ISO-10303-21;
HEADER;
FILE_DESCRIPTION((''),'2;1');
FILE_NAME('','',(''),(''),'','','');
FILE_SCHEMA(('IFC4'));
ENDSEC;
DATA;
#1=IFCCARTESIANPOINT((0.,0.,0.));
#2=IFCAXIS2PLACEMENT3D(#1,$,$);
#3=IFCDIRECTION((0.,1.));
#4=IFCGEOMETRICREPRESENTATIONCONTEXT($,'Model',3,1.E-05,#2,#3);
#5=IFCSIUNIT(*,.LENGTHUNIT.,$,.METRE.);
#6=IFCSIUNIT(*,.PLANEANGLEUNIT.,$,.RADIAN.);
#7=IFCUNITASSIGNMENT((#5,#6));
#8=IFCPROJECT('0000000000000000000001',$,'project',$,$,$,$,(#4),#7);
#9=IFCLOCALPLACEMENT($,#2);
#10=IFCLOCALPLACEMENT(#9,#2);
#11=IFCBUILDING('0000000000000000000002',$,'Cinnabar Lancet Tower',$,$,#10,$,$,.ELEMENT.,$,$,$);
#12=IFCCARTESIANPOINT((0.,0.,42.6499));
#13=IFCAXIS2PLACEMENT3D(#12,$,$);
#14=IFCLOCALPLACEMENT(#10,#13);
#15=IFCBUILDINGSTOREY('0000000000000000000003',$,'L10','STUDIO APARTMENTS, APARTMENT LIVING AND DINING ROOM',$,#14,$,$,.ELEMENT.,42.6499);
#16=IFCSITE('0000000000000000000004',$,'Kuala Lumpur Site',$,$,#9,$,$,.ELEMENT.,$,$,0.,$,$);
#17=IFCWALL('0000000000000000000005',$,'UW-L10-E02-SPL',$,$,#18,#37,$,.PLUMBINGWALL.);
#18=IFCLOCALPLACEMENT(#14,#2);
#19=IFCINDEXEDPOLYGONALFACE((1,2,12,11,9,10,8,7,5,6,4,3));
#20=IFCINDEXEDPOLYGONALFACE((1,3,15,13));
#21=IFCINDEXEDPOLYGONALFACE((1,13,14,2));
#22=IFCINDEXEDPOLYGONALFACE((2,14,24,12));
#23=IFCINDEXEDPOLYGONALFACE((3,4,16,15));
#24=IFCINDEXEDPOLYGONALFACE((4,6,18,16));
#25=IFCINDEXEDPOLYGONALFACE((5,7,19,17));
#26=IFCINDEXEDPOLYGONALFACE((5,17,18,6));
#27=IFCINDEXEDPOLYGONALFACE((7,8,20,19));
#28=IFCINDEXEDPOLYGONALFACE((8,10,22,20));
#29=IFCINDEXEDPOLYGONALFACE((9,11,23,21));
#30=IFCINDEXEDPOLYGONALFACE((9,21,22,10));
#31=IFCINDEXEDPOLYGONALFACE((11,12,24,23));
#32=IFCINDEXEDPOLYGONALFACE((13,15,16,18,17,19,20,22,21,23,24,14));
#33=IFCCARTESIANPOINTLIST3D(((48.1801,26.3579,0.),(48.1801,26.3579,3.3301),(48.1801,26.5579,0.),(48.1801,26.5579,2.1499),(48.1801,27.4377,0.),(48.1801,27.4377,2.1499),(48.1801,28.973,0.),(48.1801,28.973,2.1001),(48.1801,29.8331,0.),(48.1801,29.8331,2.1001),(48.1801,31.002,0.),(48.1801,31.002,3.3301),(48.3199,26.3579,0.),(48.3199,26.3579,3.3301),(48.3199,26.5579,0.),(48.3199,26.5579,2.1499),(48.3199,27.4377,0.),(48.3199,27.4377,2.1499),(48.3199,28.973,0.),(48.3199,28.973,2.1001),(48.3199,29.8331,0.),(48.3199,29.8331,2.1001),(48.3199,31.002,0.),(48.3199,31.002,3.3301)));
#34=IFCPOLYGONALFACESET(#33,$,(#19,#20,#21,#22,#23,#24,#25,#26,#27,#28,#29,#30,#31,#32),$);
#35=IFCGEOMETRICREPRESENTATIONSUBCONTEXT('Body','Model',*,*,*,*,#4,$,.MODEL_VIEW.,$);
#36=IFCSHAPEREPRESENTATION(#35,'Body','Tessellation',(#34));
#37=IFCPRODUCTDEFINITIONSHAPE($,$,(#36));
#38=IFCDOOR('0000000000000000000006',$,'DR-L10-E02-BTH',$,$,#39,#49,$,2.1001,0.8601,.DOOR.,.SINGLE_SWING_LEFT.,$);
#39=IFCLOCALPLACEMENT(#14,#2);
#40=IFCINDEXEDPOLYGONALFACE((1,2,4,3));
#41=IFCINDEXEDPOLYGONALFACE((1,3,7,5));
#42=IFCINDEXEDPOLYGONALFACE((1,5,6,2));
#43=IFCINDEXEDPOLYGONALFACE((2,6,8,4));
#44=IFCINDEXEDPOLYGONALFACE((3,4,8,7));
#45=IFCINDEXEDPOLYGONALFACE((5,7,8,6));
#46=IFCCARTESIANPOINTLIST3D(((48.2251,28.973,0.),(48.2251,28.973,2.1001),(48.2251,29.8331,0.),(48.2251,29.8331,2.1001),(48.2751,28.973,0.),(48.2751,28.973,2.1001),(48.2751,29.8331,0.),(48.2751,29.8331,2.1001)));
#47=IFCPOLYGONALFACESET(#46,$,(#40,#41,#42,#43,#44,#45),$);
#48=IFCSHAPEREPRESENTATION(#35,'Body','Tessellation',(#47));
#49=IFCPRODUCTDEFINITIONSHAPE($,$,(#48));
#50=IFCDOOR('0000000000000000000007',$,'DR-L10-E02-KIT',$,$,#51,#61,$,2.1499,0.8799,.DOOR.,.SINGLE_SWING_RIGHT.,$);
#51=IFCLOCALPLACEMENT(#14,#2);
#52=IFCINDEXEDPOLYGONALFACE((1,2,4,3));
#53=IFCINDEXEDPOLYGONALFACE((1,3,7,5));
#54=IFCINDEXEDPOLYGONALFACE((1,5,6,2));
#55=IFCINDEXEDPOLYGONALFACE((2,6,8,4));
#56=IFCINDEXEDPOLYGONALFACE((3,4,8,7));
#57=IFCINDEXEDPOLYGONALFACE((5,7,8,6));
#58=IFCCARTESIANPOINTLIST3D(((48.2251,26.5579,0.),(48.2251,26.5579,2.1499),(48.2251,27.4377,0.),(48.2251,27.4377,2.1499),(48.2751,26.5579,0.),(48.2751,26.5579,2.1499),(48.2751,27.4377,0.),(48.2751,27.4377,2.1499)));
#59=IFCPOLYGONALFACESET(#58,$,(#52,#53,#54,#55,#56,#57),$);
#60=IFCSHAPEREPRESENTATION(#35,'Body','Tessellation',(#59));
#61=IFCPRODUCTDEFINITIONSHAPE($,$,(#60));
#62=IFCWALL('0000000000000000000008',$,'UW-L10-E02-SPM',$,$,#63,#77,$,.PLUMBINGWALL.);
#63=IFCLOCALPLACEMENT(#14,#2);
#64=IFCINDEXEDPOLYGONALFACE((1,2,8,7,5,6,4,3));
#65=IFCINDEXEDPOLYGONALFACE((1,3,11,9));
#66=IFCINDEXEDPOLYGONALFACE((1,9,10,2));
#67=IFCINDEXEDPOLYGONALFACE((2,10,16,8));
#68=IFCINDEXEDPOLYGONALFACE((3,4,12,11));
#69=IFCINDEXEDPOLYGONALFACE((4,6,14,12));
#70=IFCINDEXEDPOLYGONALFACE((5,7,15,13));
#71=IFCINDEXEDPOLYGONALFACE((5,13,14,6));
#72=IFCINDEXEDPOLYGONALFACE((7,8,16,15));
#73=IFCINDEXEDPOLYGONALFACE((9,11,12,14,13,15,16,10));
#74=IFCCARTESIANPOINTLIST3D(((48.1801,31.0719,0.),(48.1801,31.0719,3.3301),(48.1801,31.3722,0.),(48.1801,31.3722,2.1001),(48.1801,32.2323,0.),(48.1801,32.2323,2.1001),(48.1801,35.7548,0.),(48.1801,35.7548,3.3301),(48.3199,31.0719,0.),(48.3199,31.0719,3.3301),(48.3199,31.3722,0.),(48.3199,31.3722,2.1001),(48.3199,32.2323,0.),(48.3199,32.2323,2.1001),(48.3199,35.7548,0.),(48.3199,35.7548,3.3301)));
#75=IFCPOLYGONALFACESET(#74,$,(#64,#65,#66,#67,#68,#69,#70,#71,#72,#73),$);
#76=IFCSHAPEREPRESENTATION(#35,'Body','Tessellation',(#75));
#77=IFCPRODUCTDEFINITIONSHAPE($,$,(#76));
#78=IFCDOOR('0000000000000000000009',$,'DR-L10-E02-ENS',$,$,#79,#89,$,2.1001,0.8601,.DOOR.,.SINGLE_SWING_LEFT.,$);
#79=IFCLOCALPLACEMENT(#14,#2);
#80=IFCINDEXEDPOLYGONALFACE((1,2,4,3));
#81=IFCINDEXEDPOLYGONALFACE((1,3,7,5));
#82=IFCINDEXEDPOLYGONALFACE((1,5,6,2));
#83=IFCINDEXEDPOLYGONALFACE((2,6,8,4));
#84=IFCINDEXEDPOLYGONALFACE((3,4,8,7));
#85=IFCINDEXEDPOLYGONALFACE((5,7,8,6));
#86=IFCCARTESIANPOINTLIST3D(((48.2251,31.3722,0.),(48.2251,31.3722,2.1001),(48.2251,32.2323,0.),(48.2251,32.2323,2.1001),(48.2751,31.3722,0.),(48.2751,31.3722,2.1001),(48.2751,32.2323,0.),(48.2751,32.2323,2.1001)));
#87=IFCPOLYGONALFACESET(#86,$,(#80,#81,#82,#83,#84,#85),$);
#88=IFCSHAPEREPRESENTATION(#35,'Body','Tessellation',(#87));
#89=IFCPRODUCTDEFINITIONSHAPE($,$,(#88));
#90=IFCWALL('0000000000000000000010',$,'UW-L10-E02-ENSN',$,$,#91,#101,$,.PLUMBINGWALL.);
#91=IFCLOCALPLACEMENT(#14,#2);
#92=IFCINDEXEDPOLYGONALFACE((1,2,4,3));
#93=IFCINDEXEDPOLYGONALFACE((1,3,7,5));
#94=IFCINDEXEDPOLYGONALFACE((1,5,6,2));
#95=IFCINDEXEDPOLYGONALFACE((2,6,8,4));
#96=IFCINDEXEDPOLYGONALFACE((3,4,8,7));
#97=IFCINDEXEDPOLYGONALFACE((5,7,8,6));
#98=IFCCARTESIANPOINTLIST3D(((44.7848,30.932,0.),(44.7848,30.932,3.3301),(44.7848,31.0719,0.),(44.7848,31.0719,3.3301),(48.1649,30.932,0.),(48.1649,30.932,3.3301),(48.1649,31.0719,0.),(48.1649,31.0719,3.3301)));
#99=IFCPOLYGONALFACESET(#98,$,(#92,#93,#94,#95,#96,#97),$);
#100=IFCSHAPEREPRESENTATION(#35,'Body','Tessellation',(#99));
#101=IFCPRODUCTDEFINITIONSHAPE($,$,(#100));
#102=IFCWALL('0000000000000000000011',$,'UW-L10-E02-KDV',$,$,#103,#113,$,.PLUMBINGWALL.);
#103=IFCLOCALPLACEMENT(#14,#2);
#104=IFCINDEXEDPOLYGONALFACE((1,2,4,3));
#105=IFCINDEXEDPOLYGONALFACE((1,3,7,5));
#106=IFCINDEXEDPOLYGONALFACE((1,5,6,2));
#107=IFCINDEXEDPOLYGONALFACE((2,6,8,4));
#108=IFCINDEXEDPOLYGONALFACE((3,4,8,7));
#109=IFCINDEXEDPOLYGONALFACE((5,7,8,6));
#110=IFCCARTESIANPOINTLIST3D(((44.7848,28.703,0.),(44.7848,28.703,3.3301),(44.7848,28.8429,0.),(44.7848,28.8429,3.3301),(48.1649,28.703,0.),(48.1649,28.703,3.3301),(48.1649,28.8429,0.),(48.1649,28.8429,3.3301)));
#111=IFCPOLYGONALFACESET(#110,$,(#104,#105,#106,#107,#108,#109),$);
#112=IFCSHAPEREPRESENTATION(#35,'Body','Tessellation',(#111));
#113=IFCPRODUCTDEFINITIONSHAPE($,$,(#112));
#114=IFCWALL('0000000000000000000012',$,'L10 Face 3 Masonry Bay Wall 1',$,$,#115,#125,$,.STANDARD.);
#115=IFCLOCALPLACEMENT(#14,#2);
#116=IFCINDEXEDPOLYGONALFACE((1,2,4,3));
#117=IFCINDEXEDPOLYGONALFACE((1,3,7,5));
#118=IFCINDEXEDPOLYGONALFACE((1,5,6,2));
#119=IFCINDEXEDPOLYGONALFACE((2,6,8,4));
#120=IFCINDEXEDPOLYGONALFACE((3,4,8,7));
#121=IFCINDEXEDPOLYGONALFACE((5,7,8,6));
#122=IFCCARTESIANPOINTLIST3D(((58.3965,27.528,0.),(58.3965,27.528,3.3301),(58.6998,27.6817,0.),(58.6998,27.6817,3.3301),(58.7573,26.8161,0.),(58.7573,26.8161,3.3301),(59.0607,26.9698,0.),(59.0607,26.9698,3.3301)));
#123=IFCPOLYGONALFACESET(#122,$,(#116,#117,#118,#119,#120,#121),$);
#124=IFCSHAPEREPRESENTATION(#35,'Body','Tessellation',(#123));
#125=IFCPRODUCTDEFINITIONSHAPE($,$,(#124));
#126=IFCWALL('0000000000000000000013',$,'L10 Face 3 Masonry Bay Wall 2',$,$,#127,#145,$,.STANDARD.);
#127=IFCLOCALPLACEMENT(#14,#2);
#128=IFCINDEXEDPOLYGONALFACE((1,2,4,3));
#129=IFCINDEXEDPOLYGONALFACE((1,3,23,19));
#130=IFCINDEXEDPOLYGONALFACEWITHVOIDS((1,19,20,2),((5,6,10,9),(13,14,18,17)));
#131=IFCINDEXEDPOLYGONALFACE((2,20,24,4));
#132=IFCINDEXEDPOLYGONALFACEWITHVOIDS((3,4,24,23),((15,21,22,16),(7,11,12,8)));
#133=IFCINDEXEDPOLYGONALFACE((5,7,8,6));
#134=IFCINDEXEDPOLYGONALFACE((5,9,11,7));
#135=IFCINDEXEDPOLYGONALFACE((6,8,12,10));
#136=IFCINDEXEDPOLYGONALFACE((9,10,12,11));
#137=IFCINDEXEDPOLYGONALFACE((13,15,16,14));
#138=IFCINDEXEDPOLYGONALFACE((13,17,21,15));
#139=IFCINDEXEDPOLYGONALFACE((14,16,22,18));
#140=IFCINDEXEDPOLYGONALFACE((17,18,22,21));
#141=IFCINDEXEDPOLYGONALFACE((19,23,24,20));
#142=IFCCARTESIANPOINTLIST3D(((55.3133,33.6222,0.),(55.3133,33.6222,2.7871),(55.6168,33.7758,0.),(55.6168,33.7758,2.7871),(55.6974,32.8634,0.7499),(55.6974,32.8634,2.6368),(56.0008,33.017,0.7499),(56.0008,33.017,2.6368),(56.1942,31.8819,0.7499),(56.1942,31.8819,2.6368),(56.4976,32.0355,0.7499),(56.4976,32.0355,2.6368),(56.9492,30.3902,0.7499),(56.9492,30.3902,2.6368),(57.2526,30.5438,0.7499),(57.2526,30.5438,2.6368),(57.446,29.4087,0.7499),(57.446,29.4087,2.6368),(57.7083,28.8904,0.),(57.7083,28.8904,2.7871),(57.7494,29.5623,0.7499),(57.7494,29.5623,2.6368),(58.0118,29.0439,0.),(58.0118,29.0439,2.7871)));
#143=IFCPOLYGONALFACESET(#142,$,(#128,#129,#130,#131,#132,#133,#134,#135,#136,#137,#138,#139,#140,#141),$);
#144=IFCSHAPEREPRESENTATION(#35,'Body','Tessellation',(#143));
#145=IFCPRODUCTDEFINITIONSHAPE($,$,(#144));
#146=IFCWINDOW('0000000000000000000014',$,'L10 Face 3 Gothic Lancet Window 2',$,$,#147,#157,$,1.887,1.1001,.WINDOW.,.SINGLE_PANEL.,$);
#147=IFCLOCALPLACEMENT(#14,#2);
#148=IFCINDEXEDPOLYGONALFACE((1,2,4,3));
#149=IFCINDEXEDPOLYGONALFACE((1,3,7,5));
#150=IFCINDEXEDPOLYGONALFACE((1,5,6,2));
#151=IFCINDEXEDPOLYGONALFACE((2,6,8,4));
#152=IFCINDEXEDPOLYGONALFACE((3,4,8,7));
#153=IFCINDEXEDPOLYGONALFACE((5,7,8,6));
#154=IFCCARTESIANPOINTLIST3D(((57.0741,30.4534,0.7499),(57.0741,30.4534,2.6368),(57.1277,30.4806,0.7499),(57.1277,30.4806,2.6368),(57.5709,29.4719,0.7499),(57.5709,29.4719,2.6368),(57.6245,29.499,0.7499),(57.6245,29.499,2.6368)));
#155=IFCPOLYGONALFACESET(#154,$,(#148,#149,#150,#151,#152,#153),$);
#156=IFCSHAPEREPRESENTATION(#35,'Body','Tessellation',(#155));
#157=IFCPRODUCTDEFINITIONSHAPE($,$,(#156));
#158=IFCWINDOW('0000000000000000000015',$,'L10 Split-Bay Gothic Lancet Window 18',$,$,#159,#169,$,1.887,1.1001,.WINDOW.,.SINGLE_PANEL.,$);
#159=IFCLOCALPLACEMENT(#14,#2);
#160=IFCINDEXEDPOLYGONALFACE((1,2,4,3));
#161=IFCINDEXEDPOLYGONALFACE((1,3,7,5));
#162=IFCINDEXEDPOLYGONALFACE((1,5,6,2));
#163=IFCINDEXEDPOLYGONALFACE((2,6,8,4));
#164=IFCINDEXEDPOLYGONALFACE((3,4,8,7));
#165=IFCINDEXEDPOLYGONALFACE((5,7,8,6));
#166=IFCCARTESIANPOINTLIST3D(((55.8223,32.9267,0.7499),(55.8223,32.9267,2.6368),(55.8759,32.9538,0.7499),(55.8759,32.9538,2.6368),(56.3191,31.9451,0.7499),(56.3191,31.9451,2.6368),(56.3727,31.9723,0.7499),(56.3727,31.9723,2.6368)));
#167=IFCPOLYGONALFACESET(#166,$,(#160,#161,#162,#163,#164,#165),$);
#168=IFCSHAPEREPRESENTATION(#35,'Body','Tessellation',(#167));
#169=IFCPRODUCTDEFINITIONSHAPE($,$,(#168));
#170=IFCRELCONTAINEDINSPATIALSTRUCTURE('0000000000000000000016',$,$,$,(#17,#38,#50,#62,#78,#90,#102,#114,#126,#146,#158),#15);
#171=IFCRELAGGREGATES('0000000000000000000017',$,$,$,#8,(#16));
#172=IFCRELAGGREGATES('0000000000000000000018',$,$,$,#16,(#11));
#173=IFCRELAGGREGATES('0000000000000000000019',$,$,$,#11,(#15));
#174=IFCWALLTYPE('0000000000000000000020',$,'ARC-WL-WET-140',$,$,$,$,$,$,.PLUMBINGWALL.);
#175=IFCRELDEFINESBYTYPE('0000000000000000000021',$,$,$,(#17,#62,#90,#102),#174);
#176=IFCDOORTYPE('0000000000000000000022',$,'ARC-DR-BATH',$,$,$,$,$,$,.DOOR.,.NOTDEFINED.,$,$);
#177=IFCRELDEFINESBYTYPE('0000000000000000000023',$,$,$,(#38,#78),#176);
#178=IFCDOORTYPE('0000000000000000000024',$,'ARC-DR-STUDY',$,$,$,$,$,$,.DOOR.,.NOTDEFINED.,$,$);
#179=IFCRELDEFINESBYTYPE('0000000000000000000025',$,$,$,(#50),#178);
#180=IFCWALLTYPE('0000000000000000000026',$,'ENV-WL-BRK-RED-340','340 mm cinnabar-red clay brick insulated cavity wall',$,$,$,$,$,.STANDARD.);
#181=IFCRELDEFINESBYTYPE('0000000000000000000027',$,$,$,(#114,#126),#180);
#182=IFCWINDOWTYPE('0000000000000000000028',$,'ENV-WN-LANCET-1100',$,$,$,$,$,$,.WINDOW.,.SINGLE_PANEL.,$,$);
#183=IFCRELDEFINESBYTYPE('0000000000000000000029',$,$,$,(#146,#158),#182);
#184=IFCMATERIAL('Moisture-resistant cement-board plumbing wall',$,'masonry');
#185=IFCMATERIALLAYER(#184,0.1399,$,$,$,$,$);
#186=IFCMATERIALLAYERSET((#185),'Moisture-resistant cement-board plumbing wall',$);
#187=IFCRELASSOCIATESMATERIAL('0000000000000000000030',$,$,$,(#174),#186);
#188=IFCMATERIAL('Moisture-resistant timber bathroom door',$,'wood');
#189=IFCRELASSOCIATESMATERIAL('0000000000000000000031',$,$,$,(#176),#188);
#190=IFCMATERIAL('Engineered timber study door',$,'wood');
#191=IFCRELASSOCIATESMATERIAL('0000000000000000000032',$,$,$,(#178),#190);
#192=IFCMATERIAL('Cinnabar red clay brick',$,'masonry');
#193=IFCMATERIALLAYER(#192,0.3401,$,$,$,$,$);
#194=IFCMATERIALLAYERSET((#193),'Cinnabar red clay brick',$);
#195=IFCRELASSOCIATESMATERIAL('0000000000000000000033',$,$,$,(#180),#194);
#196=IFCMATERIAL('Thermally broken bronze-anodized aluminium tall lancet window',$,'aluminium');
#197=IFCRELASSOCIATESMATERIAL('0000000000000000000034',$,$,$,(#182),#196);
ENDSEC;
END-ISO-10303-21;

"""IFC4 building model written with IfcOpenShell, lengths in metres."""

from ifc_helpers import new_model, si_unit, direction, frame, frame_2d, origin, place, context, subcontext, project, spatial, rectangle, extrude, material, layer, layer_set, type_object, element, fill, save


model = new_model("IFC4")

# Units and contexts
model_context = context("Model", 3, precision=1e-05, world=origin(), true_north=direction((0.0, 1.0)))
body_context = subcontext(model_context, "Body", "Model", "MODEL_VIEW")
ifc_project = project(units=[si_unit("LENGTHUNIT", "METRE"), si_unit("PLANEANGLEUNIT", "RADIAN")], contexts=[model_context])

# Site, building, storey
site_placement = place(None, origin())
site = spatial("IfcSite", under=ifc_project, at=site_placement, Name="Kuala Lumpur Site", CompositionType="ELEMENT", RefElevation=0.0)
building_placement = place(site_placement, origin())
building = spatial("IfcBuilding", under=site, at=building_placement, Name="Cinnabar Lancet Tower", CompositionType="ELEMENT")
storey_placement = place(building_placement, frame((0.0, 0.0, 42.6499)))
storey = spatial("IfcBuildingStorey", under=building, at=storey_placement, Name="L10", Description="STUDIO APARTMENTS, APARTMENT LIVING AND DINING ROOM", CompositionType="ELEMENT", Elevation=42.6499)

# Wall, openings, doors
ifc_material_1 = material(Name="Moisture-resistant cement-board plumbing wall", Category="masonry")
ifc_layer_1 = layer(ifc_material_1, 0.1399)
ifc_layer_set_1 = layer_set([ifc_layer_1], Name="Moisture-resistant cement-board plumbing wall")
wall_type_1 = type_object("IfcWallType", Name="ARC-WL-WET-140", PredefinedType="PLUMBINGWALL", material=ifc_layer_set_1)
wall_1_placement = place(storey_placement, frame((48.25, 26.3579, 0.0), z_axis=(0.0, 0.0, 1.0), x_axis=(0.0, 1.0, 0.0)))
wall_1 = element("IfcWall", 1, at=wall_1_placement, inside=storey, type_object=wall_type_1, Name="UW-L10-E02-SPL", PredefinedType="PLUMBINGWALL", context=body_context, shape_type="SweptSolid", body=[
    extrude(rectangle(XDim=4.644, YDim=0.1399, at=frame_2d((2.322, 0.0))), origin(), (0.0, 0.0, 1.0), 3.3301),
])
opening_1_placement = place(wall_1_placement, frame((0.2, 0.0, 0.0)))
opening_1 = element("IfcOpeningElement", 2, at=opening_1_placement, cuts=wall_1, PredefinedType="OPENING", context=body_context, shape_type="SweptSolid", body=[
    extrude(rectangle(XDim=0.8799, YDim=2.1499, at=frame_2d((0.4399, 1.075))), frame((0.0, 0.0798, 0.0), z_axis=(0.0, -1.0, 0.0), x_axis=(1.0, 0.0, 0.0)), (0.0, 0.0, 1.0), 0.1599),
])
opening_2_placement = place(wall_1_placement, frame((2.615, 0.0, 0.0)))
opening_2 = element("IfcOpeningElement", 3, at=opening_2_placement, cuts=wall_1, PredefinedType="OPENING", context=body_context, shape_type="SweptSolid", body=[
    extrude(rectangle(XDim=0.8601, YDim=2.1001, at=frame_2d((0.4302, 1.05))), frame((0.0, 0.0798, 0.0), z_axis=(0.0, -1.0, 0.0), x_axis=(1.0, 0.0, 0.0)), (0.0, 0.0, 1.0), 0.1599),
])
ifc_material_2 = material(Name="Moisture-resistant timber bathroom door", Category="wood")
door_type_1 = type_object("IfcDoorType", Name="ARC-DR-BATH", OperationType="NOTDEFINED", PredefinedType="DOOR", material=ifc_material_2)
door_1_placement = place(opening_2_placement, origin())
door_1 = element("IfcDoor", 4, at=door_1_placement, inside=storey, type_object=door_type_1, Name="DR-L10-E02-BTH", OperationType="SINGLE_SWING_LEFT", OverallHeight=2.1001, OverallWidth=0.8601, PredefinedType="DOOR", context=body_context, shape_type="SweptSolid", body=[
    extrude(rectangle(XDim=0.8601, YDim=2.1001, at=frame_2d((0.4302, 1.05))), frame((0.0, 0.0249, 0.0), z_axis=(0.0, -1.0, 0.0), x_axis=(1.0, 0.0, 0.0)), (0.0, 0.0, 1.0), 0.05),
])
fill(opening_2, door_1)
ifc_material_3 = material(Name="Engineered timber study door", Category="wood")
door_type_2 = type_object("IfcDoorType", Name="ARC-DR-STUDY", OperationType="NOTDEFINED", PredefinedType="DOOR", material=ifc_material_3)
door_2_placement = place(opening_1_placement, origin())
door_2 = element("IfcDoor", 5, at=door_2_placement, inside=storey, type_object=door_type_2, Name="DR-L10-E02-KIT", OperationType="SINGLE_SWING_RIGHT", OverallHeight=2.1499, OverallWidth=0.8799, PredefinedType="DOOR", context=body_context, shape_type="SweptSolid", body=[
    extrude(rectangle(XDim=0.8799, YDim=2.1499, at=frame_2d((0.4399, 1.075))), frame((0.0, 0.0249, 0.0), z_axis=(0.0, -1.0, 0.0), x_axis=(1.0, 0.0, 0.0)), (0.0, 0.0, 1.0), 0.05),
])
fill(opening_1, door_2)

# Wall, opening, door
wall_2_placement = place(storey_placement, frame((48.25, 31.072, 0.0), z_axis=(0.0, 0.0, 1.0), x_axis=(0.0, 1.0, 0.0)))
wall_2 = element("IfcWall", 6, at=wall_2_placement, inside=storey, type_object=wall_type_1, Name="UW-L10-E02-SPM", PredefinedType="PLUMBINGWALL", context=body_context, shape_type="SweptSolid", body=[
    extrude(rectangle(XDim=4.6829, YDim=0.1399, at=frame_2d((2.3413, 0.0))), origin(), (0.0, 0.0, 1.0), 3.3301),
])
opening_3_placement = place(wall_2_placement, frame((0.3, 0.0, 0.0)))
opening_3 = element("IfcOpeningElement", 7, at=opening_3_placement, cuts=wall_2, PredefinedType="OPENING", context=body_context, shape_type="SweptSolid", body=[
    extrude(rectangle(XDim=0.8601, YDim=2.1001, at=frame_2d((0.4302, 1.05))), frame((0.0, 0.0798, 0.0), z_axis=(0.0, -1.0, 0.0), x_axis=(1.0, 0.0, 0.0)), (0.0, 0.0, 1.0), 0.1599),
])
door_3_placement = place(opening_3_placement, origin())
door_3 = element("IfcDoor", 8, at=door_3_placement, inside=storey, type_object=door_type_1, Name="DR-L10-E02-ENS", OperationType="SINGLE_SWING_LEFT", OverallHeight=2.1001, OverallWidth=0.8601, PredefinedType="DOOR", context=body_context, shape_type="SweptSolid", body=[
    extrude(rectangle(XDim=0.8601, YDim=2.1001, at=frame_2d((0.4302, 1.05))), frame((0.0, 0.0249, 0.0), z_axis=(0.0, -1.0, 0.0), x_axis=(1.0, 0.0, 0.0)), (0.0, 0.0, 1.0), 0.05),
])
fill(opening_3, door_3)

# Walls
for number, where, z_axis, x_axis, name in (
    (9, (44.7849, 31.002, 0.0), (0.0, 0.0, 1.0), (1.0, 0.0, 0.0), "UW-L10-E02-ENSN"),
    (10, (44.7849, 28.7729, 0.0), (0.0, 0.0, 1.0), (1.0, 0.0, 0.0), "UW-L10-E02-KDV"),
):
    element("IfcWall", number, at=place(storey_placement, frame(where, z_axis=z_axis, x_axis=x_axis)), inside=storey, type_object=wall_type_1, Name=name, PredefinedType="PLUMBINGWALL", context=body_context, shape_type="SweptSolid", body=[
        extrude(rectangle(XDim=3.3801, YDim=0.1399, at=frame_2d((1.6899, 0.0))), origin(), (0.0, 0.0, 1.0), 3.3301),
    ])
ifc_material_4 = material(Name="Cinnabar red clay brick", Category="masonry")
ifc_layer_2 = layer(ifc_material_4, 0.3401)
ifc_layer_set_2 = layer_set([ifc_layer_2], Name="Cinnabar red clay brick")
wall_type_2 = type_object("IfcWallType", Name="ENV-WL-BRK-RED-340", Description="340 mm cinnabar-red clay brick insulated cavity wall", PredefinedType="STANDARD", material=ifc_layer_set_2)
wall_3_placement = place(storey_placement, frame((58.9089, 26.8931, 0.0), z_axis=(0.0, 0.0, 1.0), x_axis=(-0.452101, 0.891967, 0.0)))
element("IfcWall", 11, at=wall_3_placement, inside=storey, type_object=wall_type_2, Name="L10 Face 3 Masonry Bay Wall 1", PredefinedType="STANDARD", context=body_context, shape_type="SweptSolid", body=[
    extrude(rectangle(XDim=0.7981, YDim=0.3401, at=frame_2d((0.3989, 0.0))), origin(), (0.0, 0.0, 1.0), 3.3301),
])

# Wall, openings, windows
wall_4_placement = place(storey_placement, frame((57.8601, 28.967, 0.0), z_axis=(0.0, 0.0, 1.0), x_axis=(-0.451591, 0.892225, 0.0)))
wall_4 = element("IfcWall", 12, at=wall_4_placement, inside=storey, type_object=wall_type_2, Name="L10 Face 3 Masonry Bay Wall 2", PredefinedType="STANDARD", context=body_context, shape_type="SweptSolid", body=[
    extrude(rectangle(XDim=5.3035, YDim=0.3401, at=frame_2d((2.6519, 0.0))), origin(), (0.0, 0.0, 1.0), 2.7871),
])
opening_4_placement = place(wall_4_placement, frame((0.5811, 0.0, 0.75)))
opening_4 = element("IfcOpeningElement", 13, at=opening_4_placement, cuts=wall_4, PredefinedType="OPENING", context=body_context, shape_type="SweptSolid", body=[
    extrude(rectangle(XDim=1.1001, YDim=1.887, at=frame_2d((0.55, 0.9434))), frame((0.0, 0.1799, 0.0), z_axis=(0.0, -1.0, 0.0), x_axis=(1.0, 0.0, 0.0)), (0.0, 0.0, 1.0), 0.3601),
])
opening_5_placement = place(wall_4_placement, frame((3.353, 0.0, 0.75)))
opening_5 = element("IfcOpeningElement", 14, at=opening_5_placement, cuts=wall_4, PredefinedType="OPENING", context=body_context, shape_type="SweptSolid", body=[
    extrude(rectangle(XDim=1.1001, YDim=1.887, at=frame_2d((0.55, 0.9434))), frame((0.0, 0.1799, 0.0), z_axis=(0.0, -1.0, 0.0), x_axis=(1.0, 0.0, 0.0)), (0.0, 0.0, 1.0), 0.3601),
])
ifc_material_5 = material(Name="Thermally broken bronze-anodized aluminium tall lancet window", Category="aluminium")
window_type = type_object("IfcWindowType", Name="ENV-WN-LANCET-1100", PartitioningType="SINGLE_PANEL", PredefinedType="WINDOW", material=ifc_material_5)
window_1_placement = place(opening_4_placement, origin())
window_1 = element("IfcWindow", 15, at=window_1_placement, inside=storey, type_object=window_type, Name="L10 Face 3 Gothic Lancet Window 2", OverallHeight=1.887, OverallWidth=1.1001, PartitioningType="SINGLE_PANEL", PredefinedType="WINDOW", context=body_context, shape_type="SweptSolid", body=[
    extrude(rectangle(XDim=1.1001, YDim=1.887, at=frame_2d((0.55, 0.9434))), frame((0.0, 0.03, 0.0), z_axis=(0.0, -1.0, 0.0), x_axis=(1.0, 0.0, 0.0)), (0.0, 0.0, 1.0), 0.0601),
])
fill(opening_4, window_1)
window_2_placement = place(opening_5_placement, origin())
window_2 = element("IfcWindow", 16, at=window_2_placement, inside=storey, type_object=window_type, Name="L10 Split-Bay Gothic Lancet Window 18", OverallHeight=1.887, OverallWidth=1.1001, PartitioningType="SINGLE_PANEL", PredefinedType="WINDOW", context=body_context, shape_type="SweptSolid", body=[
    extrude(rectangle(XDim=1.1001, YDim=1.887, at=frame_2d((0.55, 0.9434))), frame((0.0, 0.03, 0.0), z_axis=(0.0, -1.0, 0.0), x_axis=(1.0, 0.0, 0.0)), (0.0, 0.0, 1.0), 0.0601),
])
fill(opening_5, window_2)

save(model, "model.ifc")
